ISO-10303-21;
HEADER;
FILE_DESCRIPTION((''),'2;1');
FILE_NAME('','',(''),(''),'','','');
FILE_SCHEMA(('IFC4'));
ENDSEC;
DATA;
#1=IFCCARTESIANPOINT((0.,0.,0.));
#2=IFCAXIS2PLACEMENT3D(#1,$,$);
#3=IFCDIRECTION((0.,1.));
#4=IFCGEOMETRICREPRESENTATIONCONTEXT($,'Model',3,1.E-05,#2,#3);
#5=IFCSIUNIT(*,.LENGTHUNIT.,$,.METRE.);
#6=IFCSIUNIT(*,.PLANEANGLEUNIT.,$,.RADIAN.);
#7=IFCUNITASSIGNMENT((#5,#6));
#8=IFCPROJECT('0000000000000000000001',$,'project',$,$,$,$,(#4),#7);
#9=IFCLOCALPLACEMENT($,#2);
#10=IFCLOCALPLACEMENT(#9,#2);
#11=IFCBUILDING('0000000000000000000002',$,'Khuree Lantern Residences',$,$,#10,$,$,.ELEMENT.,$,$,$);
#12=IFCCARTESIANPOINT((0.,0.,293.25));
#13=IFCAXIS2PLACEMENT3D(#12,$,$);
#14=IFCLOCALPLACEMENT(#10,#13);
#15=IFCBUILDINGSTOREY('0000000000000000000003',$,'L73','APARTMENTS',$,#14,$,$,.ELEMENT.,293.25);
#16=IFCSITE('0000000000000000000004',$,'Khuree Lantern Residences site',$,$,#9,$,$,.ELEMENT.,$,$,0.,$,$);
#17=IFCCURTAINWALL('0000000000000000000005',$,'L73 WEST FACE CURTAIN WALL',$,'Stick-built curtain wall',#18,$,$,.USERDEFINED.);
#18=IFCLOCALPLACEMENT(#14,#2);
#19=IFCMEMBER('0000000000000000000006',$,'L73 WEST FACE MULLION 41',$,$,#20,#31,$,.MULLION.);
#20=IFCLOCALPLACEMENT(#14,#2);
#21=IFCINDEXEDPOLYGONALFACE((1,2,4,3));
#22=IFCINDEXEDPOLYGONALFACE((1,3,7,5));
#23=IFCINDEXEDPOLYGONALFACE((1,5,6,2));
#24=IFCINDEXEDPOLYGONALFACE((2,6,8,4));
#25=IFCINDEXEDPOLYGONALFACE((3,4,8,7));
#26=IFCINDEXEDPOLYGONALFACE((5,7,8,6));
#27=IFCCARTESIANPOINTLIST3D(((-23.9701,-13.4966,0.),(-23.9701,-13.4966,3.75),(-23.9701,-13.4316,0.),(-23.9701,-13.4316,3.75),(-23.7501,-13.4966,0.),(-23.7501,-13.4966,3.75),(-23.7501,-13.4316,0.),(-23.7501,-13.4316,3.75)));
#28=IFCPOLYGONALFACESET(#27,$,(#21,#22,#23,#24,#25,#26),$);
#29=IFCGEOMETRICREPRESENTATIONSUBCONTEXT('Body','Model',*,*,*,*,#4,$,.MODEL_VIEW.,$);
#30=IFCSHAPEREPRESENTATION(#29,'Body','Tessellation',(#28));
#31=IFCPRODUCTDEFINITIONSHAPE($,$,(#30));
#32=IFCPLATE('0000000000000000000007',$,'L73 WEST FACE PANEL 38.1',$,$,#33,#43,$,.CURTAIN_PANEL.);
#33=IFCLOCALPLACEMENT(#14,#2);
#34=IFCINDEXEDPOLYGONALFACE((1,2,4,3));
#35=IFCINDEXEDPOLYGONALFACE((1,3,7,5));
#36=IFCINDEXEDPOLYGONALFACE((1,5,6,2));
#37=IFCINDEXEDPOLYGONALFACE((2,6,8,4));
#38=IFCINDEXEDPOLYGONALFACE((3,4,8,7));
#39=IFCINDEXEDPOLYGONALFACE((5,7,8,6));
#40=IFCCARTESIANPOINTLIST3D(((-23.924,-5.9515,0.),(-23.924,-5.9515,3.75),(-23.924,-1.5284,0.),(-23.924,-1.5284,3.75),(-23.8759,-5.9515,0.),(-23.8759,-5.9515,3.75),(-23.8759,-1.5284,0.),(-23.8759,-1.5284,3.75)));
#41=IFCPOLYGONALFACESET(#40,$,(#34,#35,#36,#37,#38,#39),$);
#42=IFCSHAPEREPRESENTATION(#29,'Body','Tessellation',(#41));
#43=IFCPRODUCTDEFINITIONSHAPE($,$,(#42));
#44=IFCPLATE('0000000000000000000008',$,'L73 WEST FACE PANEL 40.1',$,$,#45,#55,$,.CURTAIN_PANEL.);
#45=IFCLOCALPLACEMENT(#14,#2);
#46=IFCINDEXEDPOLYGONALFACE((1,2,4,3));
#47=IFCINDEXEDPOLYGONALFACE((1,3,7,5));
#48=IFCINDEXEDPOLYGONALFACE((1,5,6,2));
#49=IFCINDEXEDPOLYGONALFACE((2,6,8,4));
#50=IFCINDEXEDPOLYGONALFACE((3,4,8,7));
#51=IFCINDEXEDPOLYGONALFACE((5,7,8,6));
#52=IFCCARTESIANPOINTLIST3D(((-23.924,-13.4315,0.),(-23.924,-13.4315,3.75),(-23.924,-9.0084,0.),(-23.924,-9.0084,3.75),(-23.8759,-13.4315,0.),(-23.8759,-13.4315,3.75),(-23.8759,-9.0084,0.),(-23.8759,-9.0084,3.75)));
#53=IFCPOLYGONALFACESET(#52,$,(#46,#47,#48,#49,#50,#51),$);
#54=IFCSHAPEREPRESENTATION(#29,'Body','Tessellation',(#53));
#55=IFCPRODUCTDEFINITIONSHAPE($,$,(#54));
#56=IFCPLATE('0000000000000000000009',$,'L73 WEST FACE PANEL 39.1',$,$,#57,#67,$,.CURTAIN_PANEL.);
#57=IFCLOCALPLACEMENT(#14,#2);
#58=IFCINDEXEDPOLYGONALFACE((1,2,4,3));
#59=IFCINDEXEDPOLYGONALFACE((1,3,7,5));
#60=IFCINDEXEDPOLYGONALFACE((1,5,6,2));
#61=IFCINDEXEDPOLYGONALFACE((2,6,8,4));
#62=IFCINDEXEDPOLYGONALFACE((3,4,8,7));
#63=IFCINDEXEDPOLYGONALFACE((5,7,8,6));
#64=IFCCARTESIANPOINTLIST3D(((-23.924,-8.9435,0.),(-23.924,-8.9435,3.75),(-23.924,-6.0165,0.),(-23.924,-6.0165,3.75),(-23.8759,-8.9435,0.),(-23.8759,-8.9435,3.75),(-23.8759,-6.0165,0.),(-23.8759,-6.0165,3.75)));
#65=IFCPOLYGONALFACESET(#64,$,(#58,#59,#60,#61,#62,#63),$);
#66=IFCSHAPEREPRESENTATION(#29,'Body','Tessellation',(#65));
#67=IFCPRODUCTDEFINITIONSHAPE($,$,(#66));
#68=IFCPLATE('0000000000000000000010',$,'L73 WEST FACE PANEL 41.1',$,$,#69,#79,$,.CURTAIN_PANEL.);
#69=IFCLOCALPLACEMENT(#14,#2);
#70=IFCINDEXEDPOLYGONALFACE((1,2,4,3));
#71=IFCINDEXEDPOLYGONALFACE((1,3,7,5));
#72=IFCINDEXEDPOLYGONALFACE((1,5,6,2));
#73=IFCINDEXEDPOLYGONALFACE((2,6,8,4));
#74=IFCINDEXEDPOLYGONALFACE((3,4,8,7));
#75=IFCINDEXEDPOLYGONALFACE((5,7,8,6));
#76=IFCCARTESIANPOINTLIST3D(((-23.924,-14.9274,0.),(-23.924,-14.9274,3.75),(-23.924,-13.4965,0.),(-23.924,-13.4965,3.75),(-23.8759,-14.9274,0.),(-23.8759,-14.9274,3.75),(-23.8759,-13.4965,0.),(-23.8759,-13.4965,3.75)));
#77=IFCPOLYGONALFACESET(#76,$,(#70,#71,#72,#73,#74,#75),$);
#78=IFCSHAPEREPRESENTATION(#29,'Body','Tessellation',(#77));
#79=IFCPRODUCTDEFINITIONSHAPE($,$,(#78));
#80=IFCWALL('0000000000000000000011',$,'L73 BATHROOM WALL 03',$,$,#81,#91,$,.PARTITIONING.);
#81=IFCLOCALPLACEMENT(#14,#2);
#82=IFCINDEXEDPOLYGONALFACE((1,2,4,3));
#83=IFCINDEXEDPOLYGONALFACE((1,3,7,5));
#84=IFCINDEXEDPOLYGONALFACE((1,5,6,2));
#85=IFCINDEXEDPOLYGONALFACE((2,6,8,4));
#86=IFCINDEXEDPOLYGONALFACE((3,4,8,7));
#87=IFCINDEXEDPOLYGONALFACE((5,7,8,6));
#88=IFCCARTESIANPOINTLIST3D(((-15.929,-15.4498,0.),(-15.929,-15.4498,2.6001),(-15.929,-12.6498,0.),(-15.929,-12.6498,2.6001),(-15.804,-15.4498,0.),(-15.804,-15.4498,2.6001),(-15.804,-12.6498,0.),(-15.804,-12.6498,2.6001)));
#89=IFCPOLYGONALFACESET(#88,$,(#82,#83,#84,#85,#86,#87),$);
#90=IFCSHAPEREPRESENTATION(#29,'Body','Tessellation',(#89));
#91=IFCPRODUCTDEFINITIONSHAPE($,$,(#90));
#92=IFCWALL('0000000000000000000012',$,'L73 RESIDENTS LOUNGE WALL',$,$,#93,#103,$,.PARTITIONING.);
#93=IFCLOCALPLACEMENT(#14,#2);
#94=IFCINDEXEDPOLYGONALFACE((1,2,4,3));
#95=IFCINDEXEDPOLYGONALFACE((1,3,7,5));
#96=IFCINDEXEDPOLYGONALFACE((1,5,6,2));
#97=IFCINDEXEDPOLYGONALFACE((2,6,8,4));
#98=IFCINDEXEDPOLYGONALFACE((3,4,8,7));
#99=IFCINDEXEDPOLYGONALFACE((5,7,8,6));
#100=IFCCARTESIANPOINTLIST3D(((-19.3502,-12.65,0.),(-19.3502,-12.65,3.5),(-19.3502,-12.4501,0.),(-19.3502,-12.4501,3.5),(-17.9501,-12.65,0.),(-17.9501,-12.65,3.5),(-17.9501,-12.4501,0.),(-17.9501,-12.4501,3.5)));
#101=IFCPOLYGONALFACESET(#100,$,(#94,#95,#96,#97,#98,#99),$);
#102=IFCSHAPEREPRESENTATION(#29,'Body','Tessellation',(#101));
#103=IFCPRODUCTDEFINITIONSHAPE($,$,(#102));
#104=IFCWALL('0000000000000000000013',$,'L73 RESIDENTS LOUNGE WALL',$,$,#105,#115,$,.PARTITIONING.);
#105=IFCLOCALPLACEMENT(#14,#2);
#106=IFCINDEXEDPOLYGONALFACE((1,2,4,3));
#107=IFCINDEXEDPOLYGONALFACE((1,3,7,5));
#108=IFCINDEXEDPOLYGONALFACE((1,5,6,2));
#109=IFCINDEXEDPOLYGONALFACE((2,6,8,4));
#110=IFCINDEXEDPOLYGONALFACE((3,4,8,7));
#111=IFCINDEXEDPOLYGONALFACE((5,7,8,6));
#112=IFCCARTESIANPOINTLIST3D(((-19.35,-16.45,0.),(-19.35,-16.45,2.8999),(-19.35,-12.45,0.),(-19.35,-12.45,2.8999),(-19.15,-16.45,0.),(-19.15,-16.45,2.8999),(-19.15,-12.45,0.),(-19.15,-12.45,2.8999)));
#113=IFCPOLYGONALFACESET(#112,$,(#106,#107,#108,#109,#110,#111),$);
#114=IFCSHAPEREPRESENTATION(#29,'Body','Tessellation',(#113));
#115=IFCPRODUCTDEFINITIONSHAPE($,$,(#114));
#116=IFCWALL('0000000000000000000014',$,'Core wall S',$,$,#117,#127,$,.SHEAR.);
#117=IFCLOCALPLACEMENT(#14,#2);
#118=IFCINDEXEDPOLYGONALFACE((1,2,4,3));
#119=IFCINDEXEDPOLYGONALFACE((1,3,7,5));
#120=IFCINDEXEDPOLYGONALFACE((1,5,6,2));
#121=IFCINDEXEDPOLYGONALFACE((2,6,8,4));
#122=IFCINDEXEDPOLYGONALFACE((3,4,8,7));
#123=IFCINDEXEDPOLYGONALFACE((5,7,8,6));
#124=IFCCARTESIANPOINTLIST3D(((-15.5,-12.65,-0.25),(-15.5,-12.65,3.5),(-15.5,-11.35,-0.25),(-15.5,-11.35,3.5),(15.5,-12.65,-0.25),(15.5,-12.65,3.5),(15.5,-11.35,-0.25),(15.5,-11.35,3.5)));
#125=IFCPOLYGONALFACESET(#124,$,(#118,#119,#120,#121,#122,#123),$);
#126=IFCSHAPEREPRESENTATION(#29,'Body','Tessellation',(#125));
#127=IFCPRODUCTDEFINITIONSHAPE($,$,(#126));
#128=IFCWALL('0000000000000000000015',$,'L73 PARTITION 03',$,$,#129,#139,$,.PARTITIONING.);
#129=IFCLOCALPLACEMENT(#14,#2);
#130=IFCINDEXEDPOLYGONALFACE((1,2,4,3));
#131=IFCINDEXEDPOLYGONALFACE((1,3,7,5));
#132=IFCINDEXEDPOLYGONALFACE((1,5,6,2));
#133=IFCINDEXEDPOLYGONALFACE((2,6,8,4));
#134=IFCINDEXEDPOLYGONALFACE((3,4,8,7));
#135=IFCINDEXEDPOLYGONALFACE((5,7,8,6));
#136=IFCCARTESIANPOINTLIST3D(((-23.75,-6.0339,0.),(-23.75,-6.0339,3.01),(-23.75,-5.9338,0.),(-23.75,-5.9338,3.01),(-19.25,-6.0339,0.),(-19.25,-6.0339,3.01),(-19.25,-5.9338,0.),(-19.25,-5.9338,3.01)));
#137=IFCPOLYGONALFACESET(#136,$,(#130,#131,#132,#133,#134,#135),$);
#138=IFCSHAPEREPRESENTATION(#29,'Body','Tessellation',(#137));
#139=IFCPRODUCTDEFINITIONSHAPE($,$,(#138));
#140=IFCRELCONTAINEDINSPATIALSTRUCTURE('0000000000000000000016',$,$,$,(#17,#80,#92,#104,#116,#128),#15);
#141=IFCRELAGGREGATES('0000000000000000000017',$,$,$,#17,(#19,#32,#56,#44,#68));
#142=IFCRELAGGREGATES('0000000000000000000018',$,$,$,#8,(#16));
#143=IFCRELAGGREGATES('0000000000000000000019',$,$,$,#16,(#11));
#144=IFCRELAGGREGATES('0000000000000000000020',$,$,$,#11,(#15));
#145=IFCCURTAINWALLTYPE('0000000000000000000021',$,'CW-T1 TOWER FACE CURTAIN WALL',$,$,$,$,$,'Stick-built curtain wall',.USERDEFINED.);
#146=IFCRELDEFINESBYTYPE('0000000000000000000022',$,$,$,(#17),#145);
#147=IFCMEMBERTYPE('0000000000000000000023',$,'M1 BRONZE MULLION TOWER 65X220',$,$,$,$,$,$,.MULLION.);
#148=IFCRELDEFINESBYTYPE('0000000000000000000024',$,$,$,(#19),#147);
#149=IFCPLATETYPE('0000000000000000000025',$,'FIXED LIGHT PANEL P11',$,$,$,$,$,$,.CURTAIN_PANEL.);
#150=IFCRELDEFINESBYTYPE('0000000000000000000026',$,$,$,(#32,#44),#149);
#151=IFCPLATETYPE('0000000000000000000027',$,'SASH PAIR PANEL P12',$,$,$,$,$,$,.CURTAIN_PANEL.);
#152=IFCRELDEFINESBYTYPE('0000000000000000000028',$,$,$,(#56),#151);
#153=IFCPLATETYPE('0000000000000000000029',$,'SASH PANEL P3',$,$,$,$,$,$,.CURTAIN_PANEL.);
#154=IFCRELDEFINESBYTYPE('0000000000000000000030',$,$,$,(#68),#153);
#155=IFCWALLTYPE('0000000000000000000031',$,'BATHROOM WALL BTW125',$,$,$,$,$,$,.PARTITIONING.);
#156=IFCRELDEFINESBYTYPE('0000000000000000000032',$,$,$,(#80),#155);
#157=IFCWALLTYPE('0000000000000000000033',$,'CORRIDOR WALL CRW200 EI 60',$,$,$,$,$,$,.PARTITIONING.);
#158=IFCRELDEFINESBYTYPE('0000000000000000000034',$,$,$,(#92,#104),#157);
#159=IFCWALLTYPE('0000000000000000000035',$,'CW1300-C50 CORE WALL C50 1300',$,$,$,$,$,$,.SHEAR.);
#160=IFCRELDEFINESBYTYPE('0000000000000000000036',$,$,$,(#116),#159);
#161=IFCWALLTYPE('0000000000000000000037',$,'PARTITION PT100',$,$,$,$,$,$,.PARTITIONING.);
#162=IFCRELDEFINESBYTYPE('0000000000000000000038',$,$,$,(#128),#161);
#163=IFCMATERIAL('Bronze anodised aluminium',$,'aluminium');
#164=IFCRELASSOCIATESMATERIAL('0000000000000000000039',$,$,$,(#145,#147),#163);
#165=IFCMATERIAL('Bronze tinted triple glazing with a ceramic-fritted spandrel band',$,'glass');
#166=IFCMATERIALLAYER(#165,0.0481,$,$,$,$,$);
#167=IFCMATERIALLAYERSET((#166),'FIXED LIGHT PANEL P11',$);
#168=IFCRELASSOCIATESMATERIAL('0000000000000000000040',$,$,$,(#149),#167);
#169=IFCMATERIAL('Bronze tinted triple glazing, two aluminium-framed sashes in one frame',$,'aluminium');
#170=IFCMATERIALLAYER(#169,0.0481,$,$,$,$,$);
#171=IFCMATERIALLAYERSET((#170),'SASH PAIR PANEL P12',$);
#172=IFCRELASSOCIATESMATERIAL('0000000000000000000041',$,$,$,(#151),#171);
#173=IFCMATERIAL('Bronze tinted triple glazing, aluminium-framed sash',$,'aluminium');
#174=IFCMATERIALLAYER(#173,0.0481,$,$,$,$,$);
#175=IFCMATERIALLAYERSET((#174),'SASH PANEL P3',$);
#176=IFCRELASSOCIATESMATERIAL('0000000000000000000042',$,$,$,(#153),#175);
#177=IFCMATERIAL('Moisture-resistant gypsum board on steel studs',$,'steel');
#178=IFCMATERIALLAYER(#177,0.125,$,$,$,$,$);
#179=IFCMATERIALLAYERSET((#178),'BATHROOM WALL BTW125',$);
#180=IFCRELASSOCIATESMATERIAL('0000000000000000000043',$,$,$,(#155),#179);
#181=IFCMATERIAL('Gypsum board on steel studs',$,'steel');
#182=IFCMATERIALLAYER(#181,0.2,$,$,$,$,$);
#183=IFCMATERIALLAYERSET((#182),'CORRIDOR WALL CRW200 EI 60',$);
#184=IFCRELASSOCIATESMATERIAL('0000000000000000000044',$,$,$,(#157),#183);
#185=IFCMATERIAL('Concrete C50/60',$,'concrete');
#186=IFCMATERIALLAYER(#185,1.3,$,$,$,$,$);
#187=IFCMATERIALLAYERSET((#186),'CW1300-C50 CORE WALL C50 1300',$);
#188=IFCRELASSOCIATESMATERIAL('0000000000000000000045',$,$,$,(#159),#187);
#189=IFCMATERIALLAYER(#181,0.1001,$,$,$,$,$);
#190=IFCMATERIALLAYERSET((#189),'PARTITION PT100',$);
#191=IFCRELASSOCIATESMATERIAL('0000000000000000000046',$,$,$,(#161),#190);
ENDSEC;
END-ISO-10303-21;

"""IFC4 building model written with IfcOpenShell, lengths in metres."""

from ifc_helpers import new_model, si_unit, direction, frame, frame_2d, origin, origin_2d, place, context, subcontext, project, spatial, rectangle, extrude, material, layer, layer_set, material_profile, profile_set, type_object, element, aggregate, save


model = new_model("IFC4")

# Units and contexts
model_context = context("Model", 3, precision=1e-05, world=origin(), true_north=direction((0.0, 1.0)))
body_context = subcontext(model_context, "Body", "Model", "MODEL_VIEW")
ifc_project = project(units=[si_unit("LENGTHUNIT", "METRE"), si_unit("PLANEANGLEUNIT", "RADIAN")], contexts=[model_context])

# Site, building, storey
site_placement = place(None, origin())
site = spatial("IfcSite", under=ifc_project, at=site_placement, Name="Khuree Lantern Residences site", CompositionType="ELEMENT", RefElevation=0.0)
building_placement = place(site_placement, origin())
building = spatial("IfcBuilding", under=site, at=building_placement, Name="Khuree Lantern Residences", CompositionType="ELEMENT")
storey_placement = place(building_placement, frame((0.0, 0.0, 293.25)))
storey = spatial("IfcBuildingStorey", under=building, at=storey_placement, Name="L73", Description="APARTMENTS", CompositionType="ELEMENT", Elevation=293.25)

# Shared definitions
ifc_material_1 = material(Name="Concrete C50/60", Category="concrete")

# Curtain wall
ifc_material_2 = material(Name="Bronze anodised aluminium", Category="aluminium")
curtain_wall_type = type_object("IfcCurtainWallType", Name="CW-T1 TOWER FACE CURTAIN WALL", ElementType="Stick-built curtain wall", PredefinedType="USERDEFINED", material=ifc_material_2)
curtain_wall_placement = place(storey_placement, origin())
curtain_wall = element("IfcCurtainWall", 1, at=curtain_wall_placement, inside=storey, type_object=curtain_wall_type, Name="L73 WEST FACE CURTAIN WALL", ObjectType="Stick-built curtain wall", PredefinedType="USERDEFINED")

# Member
ifc_material_profile_1 = material_profile(ifc_material_2, rectangle(XDim=0.0649, YDim=0.22, at=origin_2d()), Name="M1 65X220")
ifc_profile_set_1 = profile_set([ifc_material_profile_1], Name="Bronze anodised aluminium")
member_type_1 = type_object("IfcMemberType", Name="M1 BRONZE MULLION TOWER 65X220", PredefinedType="MULLION", material=ifc_profile_set_1)
member_1_placement = place(storey_placement, frame((-23.8601, -13.4641, 0.0), z_axis=(0.0, 0.0, 1.0), x_axis=(0.0, -1.0, 0.0)))
member_1 = element("IfcMember", 2, at=member_1_placement, type_object=member_type_1, Name="L73 WEST FACE MULLION 41", PredefinedType="MULLION", context=body_context, shape_type="SweptSolid", body=[
    extrude(rectangle(XDim=0.0649, YDim=0.22, at=origin_2d()), origin(), (0.0, 0.0, 1.0), 3.75),
])

# Plates
ifc_material_3 = material(Name="Bronze tinted triple glazing with a ceramic-fritted spandrel band", Category="glass")
ifc_layer_1 = layer(ifc_material_3, 0.0481)
ifc_layer_set_1 = layer_set([ifc_layer_1], Name="FIXED LIGHT PANEL P11")
plate_type_1 = type_object("IfcPlateType", Name="FIXED LIGHT PANEL P11", PredefinedType="CURTAIN_PANEL", material=ifc_layer_set_1)
plate_1_placement = place(storey_placement, frame((-23.8999, -3.74, 0.0), z_axis=(0.0, 0.0, 1.0), x_axis=(0.0, -1.0, 0.0)))
plate_1 = element("IfcPlate", 3, at=plate_1_placement, type_object=plate_type_1, Name="L73 WEST FACE PANEL 38.1", PredefinedType="CURTAIN_PANEL", context=body_context, shape_type="SweptSolid", body=[
    extrude(rectangle(XDim=4.4231, YDim=0.0481, at=origin_2d()), origin(), (0.0, 0.0, 1.0), 3.75),
])
plate_2_placement = place(storey_placement, frame((-23.8999, -11.22, 0.0), z_axis=(0.0, 0.0, 1.0), x_axis=(0.0, -1.0, 0.0)))
plate_2 = element("IfcPlate", 4, at=plate_2_placement, type_object=plate_type_1, Name="L73 WEST FACE PANEL 40.1", PredefinedType="CURTAIN_PANEL", context=body_context, shape_type="SweptSolid", body=[
    extrude(rectangle(XDim=4.4231, YDim=0.0481, at=origin_2d()), origin(), (0.0, 0.0, 1.0), 3.75),
])
ifc_material_4 = material(Name="Bronze tinted triple glazing, two aluminium-framed sashes in one frame", Category="aluminium")
ifc_layer_2 = layer(ifc_material_4, 0.0481)
ifc_layer_set_2 = layer_set([ifc_layer_2], Name="SASH PAIR PANEL P12")
plate_type_2 = type_object("IfcPlateType", Name="SASH PAIR PANEL P12", PredefinedType="CURTAIN_PANEL", material=ifc_layer_set_2)
plate_3_placement = place(storey_placement, frame((-23.8999, -7.48, 0.0), z_axis=(0.0, 0.0, 1.0), x_axis=(0.0, -1.0, 0.0)))
plate_3 = element("IfcPlate", 5, at=plate_3_placement, type_object=plate_type_2, Name="L73 WEST FACE PANEL 39.1", PredefinedType="CURTAIN_PANEL", context=body_context, shape_type="SweptSolid", body=[
    extrude(rectangle(XDim=2.927, YDim=0.0481, at=origin_2d()), origin(), (0.0, 0.0, 1.0), 3.75),
])
ifc_material_5 = material(Name="Bronze tinted triple glazing, aluminium-framed sash", Category="aluminium")
ifc_layer_3 = layer(ifc_material_5, 0.0481)
ifc_layer_set_3 = layer_set([ifc_layer_3], Name="SASH PANEL P3")
plate_type_3 = type_object("IfcPlateType", Name="SASH PANEL P3", PredefinedType="CURTAIN_PANEL", material=ifc_layer_set_3)
plate_4_placement = place(storey_placement, frame((-23.8999, -14.2119, 0.0), z_axis=(0.0, 0.0, 1.0), x_axis=(0.0, -1.0, 0.0)))
plate_4 = element("IfcPlate", 6, at=plate_4_placement, type_object=plate_type_3, Name="L73 WEST FACE PANEL 41.1", PredefinedType="CURTAIN_PANEL", context=body_context, shape_type="SweptSolid", body=[
    extrude(rectangle(XDim=1.4309, YDim=0.0481, at=origin_2d()), origin(), (0.0, 0.0, 1.0), 3.75),
])
aggregate(curtain_wall, [member_1, plate_1, plate_3, plate_2, plate_4])

# Walls
ifc_material_6 = material(Name="Moisture-resistant gypsum board on steel studs", Category="steel")
ifc_layer_4 = layer(ifc_material_6, 0.125)
ifc_layer_set_4 = layer_set([ifc_layer_4], Name="BATHROOM WALL BTW125")
wall_type_1 = type_object("IfcWallType", Name="BATHROOM WALL BTW125", PredefinedType="PARTITIONING", material=ifc_layer_set_4)
wall_1_placement = place(storey_placement, frame((-15.8665, -12.6499, 0.0), z_axis=(0.0, 0.0, 1.0), x_axis=(0.0, -1.0, 0.0)))
element("IfcWall", 7, at=wall_1_placement, inside=storey, type_object=wall_type_1, Name="L73 BATHROOM WALL 03", PredefinedType="PARTITIONING", context=body_context, shape_type="SweptSolid", body=[
    extrude(rectangle(XDim=2.8, YDim=0.125, at=frame_2d((1.3999, 0.0))), origin(), (0.0, 0.0, 1.0), 2.6001),
])
ifc_material_7 = material(Name="Gypsum board on steel studs", Category="steel")
ifc_layer_5 = layer(ifc_material_7, 0.2)
ifc_layer_set_5 = layer_set([ifc_layer_5], Name="CORRIDOR WALL CRW200 EI 60")
wall_type_2 = type_object("IfcWallType", Name="CORRIDOR WALL CRW200 EI 60", PredefinedType="PARTITIONING", material=ifc_layer_set_5)
wall_2_placement = place(storey_placement, frame((-17.95, -12.55, 0.0), z_axis=(0.0, 0.0, 1.0), x_axis=(-1.0, 0.0, 0.0)))
element("IfcWall", 8, at=wall_2_placement, inside=storey, type_object=wall_type_2, Name="L73 RESIDENTS LOUNGE WALL", PredefinedType="PARTITIONING", context=body_context, shape_type="SweptSolid", body=[
    extrude(rectangle(XDim=1.4001, YDim=0.2, at=frame_2d((0.7002, 0.0))), origin(), (0.0, 0.0, 1.0), 3.5),
])
wall_3_placement = place(storey_placement, frame((-19.25, -12.45, 0.0), z_axis=(0.0, 0.0, 1.0), x_axis=(0.0, -1.0, 0.0)))
element("IfcWall", 9, at=wall_3_placement, inside=storey, type_object=wall_type_2, Name="L73 RESIDENTS LOUNGE WALL", PredefinedType="PARTITIONING", context=body_context, shape_type="SweptSolid", body=[
    extrude(rectangle(XDim=4.0, YDim=0.2, at=frame_2d((2.0, 0.0))), origin(), (0.0, 0.0, 1.0), 2.8999),
])
ifc_layer_6 = layer(ifc_material_1, 1.3)
ifc_layer_set_6 = layer_set([ifc_layer_6], Name="CW1300-C50 CORE WALL C50 1300")
wall_type_3 = type_object("IfcWallType", Name="CW1300-C50 CORE WALL C50 1300", PredefinedType="SHEAR", material=ifc_layer_set_6)
wall_4_placement = place(storey_placement, frame((-15.5, -12.0, -0.25), z_axis=(0.0, 0.0, 1.0), x_axis=(1.0, 0.0, 0.0)))
element("IfcWall", 10, at=wall_4_placement, inside=storey, type_object=wall_type_3, Name="Core wall S", PredefinedType="SHEAR", context=body_context, shape_type="SweptSolid", body=[
    extrude(rectangle(XDim=31.0, YDim=1.3, at=frame_2d((15.5, 0.0))), origin(), (0.0, 0.0, 1.0), 3.75),
])
ifc_layer_7 = layer(ifc_material_7, 0.1001)
ifc_layer_set_7 = layer_set([ifc_layer_7], Name="PARTITION PT100")
wall_type_4 = type_object("IfcWallType", Name="PARTITION PT100", PredefinedType="PARTITIONING", material=ifc_layer_set_7)
wall_5_placement = place(storey_placement, frame((-19.25, -5.9839, 0.0), z_axis=(0.0, 0.0, 1.0), x_axis=(-1.0, 0.0, 0.0)))
element("IfcWall", 11, at=wall_5_placement, inside=storey, type_object=wall_type_4, Name="L73 PARTITION 03", PredefinedType="PARTITIONING", context=body_context, shape_type="SweptSolid", body=[
    extrude(rectangle(XDim=4.5, YDim=0.1001, at=frame_2d((2.25, 0.0))), origin(), (0.0, 0.0, 1.0), 3.01),
])

save(model, "model.ifc")
